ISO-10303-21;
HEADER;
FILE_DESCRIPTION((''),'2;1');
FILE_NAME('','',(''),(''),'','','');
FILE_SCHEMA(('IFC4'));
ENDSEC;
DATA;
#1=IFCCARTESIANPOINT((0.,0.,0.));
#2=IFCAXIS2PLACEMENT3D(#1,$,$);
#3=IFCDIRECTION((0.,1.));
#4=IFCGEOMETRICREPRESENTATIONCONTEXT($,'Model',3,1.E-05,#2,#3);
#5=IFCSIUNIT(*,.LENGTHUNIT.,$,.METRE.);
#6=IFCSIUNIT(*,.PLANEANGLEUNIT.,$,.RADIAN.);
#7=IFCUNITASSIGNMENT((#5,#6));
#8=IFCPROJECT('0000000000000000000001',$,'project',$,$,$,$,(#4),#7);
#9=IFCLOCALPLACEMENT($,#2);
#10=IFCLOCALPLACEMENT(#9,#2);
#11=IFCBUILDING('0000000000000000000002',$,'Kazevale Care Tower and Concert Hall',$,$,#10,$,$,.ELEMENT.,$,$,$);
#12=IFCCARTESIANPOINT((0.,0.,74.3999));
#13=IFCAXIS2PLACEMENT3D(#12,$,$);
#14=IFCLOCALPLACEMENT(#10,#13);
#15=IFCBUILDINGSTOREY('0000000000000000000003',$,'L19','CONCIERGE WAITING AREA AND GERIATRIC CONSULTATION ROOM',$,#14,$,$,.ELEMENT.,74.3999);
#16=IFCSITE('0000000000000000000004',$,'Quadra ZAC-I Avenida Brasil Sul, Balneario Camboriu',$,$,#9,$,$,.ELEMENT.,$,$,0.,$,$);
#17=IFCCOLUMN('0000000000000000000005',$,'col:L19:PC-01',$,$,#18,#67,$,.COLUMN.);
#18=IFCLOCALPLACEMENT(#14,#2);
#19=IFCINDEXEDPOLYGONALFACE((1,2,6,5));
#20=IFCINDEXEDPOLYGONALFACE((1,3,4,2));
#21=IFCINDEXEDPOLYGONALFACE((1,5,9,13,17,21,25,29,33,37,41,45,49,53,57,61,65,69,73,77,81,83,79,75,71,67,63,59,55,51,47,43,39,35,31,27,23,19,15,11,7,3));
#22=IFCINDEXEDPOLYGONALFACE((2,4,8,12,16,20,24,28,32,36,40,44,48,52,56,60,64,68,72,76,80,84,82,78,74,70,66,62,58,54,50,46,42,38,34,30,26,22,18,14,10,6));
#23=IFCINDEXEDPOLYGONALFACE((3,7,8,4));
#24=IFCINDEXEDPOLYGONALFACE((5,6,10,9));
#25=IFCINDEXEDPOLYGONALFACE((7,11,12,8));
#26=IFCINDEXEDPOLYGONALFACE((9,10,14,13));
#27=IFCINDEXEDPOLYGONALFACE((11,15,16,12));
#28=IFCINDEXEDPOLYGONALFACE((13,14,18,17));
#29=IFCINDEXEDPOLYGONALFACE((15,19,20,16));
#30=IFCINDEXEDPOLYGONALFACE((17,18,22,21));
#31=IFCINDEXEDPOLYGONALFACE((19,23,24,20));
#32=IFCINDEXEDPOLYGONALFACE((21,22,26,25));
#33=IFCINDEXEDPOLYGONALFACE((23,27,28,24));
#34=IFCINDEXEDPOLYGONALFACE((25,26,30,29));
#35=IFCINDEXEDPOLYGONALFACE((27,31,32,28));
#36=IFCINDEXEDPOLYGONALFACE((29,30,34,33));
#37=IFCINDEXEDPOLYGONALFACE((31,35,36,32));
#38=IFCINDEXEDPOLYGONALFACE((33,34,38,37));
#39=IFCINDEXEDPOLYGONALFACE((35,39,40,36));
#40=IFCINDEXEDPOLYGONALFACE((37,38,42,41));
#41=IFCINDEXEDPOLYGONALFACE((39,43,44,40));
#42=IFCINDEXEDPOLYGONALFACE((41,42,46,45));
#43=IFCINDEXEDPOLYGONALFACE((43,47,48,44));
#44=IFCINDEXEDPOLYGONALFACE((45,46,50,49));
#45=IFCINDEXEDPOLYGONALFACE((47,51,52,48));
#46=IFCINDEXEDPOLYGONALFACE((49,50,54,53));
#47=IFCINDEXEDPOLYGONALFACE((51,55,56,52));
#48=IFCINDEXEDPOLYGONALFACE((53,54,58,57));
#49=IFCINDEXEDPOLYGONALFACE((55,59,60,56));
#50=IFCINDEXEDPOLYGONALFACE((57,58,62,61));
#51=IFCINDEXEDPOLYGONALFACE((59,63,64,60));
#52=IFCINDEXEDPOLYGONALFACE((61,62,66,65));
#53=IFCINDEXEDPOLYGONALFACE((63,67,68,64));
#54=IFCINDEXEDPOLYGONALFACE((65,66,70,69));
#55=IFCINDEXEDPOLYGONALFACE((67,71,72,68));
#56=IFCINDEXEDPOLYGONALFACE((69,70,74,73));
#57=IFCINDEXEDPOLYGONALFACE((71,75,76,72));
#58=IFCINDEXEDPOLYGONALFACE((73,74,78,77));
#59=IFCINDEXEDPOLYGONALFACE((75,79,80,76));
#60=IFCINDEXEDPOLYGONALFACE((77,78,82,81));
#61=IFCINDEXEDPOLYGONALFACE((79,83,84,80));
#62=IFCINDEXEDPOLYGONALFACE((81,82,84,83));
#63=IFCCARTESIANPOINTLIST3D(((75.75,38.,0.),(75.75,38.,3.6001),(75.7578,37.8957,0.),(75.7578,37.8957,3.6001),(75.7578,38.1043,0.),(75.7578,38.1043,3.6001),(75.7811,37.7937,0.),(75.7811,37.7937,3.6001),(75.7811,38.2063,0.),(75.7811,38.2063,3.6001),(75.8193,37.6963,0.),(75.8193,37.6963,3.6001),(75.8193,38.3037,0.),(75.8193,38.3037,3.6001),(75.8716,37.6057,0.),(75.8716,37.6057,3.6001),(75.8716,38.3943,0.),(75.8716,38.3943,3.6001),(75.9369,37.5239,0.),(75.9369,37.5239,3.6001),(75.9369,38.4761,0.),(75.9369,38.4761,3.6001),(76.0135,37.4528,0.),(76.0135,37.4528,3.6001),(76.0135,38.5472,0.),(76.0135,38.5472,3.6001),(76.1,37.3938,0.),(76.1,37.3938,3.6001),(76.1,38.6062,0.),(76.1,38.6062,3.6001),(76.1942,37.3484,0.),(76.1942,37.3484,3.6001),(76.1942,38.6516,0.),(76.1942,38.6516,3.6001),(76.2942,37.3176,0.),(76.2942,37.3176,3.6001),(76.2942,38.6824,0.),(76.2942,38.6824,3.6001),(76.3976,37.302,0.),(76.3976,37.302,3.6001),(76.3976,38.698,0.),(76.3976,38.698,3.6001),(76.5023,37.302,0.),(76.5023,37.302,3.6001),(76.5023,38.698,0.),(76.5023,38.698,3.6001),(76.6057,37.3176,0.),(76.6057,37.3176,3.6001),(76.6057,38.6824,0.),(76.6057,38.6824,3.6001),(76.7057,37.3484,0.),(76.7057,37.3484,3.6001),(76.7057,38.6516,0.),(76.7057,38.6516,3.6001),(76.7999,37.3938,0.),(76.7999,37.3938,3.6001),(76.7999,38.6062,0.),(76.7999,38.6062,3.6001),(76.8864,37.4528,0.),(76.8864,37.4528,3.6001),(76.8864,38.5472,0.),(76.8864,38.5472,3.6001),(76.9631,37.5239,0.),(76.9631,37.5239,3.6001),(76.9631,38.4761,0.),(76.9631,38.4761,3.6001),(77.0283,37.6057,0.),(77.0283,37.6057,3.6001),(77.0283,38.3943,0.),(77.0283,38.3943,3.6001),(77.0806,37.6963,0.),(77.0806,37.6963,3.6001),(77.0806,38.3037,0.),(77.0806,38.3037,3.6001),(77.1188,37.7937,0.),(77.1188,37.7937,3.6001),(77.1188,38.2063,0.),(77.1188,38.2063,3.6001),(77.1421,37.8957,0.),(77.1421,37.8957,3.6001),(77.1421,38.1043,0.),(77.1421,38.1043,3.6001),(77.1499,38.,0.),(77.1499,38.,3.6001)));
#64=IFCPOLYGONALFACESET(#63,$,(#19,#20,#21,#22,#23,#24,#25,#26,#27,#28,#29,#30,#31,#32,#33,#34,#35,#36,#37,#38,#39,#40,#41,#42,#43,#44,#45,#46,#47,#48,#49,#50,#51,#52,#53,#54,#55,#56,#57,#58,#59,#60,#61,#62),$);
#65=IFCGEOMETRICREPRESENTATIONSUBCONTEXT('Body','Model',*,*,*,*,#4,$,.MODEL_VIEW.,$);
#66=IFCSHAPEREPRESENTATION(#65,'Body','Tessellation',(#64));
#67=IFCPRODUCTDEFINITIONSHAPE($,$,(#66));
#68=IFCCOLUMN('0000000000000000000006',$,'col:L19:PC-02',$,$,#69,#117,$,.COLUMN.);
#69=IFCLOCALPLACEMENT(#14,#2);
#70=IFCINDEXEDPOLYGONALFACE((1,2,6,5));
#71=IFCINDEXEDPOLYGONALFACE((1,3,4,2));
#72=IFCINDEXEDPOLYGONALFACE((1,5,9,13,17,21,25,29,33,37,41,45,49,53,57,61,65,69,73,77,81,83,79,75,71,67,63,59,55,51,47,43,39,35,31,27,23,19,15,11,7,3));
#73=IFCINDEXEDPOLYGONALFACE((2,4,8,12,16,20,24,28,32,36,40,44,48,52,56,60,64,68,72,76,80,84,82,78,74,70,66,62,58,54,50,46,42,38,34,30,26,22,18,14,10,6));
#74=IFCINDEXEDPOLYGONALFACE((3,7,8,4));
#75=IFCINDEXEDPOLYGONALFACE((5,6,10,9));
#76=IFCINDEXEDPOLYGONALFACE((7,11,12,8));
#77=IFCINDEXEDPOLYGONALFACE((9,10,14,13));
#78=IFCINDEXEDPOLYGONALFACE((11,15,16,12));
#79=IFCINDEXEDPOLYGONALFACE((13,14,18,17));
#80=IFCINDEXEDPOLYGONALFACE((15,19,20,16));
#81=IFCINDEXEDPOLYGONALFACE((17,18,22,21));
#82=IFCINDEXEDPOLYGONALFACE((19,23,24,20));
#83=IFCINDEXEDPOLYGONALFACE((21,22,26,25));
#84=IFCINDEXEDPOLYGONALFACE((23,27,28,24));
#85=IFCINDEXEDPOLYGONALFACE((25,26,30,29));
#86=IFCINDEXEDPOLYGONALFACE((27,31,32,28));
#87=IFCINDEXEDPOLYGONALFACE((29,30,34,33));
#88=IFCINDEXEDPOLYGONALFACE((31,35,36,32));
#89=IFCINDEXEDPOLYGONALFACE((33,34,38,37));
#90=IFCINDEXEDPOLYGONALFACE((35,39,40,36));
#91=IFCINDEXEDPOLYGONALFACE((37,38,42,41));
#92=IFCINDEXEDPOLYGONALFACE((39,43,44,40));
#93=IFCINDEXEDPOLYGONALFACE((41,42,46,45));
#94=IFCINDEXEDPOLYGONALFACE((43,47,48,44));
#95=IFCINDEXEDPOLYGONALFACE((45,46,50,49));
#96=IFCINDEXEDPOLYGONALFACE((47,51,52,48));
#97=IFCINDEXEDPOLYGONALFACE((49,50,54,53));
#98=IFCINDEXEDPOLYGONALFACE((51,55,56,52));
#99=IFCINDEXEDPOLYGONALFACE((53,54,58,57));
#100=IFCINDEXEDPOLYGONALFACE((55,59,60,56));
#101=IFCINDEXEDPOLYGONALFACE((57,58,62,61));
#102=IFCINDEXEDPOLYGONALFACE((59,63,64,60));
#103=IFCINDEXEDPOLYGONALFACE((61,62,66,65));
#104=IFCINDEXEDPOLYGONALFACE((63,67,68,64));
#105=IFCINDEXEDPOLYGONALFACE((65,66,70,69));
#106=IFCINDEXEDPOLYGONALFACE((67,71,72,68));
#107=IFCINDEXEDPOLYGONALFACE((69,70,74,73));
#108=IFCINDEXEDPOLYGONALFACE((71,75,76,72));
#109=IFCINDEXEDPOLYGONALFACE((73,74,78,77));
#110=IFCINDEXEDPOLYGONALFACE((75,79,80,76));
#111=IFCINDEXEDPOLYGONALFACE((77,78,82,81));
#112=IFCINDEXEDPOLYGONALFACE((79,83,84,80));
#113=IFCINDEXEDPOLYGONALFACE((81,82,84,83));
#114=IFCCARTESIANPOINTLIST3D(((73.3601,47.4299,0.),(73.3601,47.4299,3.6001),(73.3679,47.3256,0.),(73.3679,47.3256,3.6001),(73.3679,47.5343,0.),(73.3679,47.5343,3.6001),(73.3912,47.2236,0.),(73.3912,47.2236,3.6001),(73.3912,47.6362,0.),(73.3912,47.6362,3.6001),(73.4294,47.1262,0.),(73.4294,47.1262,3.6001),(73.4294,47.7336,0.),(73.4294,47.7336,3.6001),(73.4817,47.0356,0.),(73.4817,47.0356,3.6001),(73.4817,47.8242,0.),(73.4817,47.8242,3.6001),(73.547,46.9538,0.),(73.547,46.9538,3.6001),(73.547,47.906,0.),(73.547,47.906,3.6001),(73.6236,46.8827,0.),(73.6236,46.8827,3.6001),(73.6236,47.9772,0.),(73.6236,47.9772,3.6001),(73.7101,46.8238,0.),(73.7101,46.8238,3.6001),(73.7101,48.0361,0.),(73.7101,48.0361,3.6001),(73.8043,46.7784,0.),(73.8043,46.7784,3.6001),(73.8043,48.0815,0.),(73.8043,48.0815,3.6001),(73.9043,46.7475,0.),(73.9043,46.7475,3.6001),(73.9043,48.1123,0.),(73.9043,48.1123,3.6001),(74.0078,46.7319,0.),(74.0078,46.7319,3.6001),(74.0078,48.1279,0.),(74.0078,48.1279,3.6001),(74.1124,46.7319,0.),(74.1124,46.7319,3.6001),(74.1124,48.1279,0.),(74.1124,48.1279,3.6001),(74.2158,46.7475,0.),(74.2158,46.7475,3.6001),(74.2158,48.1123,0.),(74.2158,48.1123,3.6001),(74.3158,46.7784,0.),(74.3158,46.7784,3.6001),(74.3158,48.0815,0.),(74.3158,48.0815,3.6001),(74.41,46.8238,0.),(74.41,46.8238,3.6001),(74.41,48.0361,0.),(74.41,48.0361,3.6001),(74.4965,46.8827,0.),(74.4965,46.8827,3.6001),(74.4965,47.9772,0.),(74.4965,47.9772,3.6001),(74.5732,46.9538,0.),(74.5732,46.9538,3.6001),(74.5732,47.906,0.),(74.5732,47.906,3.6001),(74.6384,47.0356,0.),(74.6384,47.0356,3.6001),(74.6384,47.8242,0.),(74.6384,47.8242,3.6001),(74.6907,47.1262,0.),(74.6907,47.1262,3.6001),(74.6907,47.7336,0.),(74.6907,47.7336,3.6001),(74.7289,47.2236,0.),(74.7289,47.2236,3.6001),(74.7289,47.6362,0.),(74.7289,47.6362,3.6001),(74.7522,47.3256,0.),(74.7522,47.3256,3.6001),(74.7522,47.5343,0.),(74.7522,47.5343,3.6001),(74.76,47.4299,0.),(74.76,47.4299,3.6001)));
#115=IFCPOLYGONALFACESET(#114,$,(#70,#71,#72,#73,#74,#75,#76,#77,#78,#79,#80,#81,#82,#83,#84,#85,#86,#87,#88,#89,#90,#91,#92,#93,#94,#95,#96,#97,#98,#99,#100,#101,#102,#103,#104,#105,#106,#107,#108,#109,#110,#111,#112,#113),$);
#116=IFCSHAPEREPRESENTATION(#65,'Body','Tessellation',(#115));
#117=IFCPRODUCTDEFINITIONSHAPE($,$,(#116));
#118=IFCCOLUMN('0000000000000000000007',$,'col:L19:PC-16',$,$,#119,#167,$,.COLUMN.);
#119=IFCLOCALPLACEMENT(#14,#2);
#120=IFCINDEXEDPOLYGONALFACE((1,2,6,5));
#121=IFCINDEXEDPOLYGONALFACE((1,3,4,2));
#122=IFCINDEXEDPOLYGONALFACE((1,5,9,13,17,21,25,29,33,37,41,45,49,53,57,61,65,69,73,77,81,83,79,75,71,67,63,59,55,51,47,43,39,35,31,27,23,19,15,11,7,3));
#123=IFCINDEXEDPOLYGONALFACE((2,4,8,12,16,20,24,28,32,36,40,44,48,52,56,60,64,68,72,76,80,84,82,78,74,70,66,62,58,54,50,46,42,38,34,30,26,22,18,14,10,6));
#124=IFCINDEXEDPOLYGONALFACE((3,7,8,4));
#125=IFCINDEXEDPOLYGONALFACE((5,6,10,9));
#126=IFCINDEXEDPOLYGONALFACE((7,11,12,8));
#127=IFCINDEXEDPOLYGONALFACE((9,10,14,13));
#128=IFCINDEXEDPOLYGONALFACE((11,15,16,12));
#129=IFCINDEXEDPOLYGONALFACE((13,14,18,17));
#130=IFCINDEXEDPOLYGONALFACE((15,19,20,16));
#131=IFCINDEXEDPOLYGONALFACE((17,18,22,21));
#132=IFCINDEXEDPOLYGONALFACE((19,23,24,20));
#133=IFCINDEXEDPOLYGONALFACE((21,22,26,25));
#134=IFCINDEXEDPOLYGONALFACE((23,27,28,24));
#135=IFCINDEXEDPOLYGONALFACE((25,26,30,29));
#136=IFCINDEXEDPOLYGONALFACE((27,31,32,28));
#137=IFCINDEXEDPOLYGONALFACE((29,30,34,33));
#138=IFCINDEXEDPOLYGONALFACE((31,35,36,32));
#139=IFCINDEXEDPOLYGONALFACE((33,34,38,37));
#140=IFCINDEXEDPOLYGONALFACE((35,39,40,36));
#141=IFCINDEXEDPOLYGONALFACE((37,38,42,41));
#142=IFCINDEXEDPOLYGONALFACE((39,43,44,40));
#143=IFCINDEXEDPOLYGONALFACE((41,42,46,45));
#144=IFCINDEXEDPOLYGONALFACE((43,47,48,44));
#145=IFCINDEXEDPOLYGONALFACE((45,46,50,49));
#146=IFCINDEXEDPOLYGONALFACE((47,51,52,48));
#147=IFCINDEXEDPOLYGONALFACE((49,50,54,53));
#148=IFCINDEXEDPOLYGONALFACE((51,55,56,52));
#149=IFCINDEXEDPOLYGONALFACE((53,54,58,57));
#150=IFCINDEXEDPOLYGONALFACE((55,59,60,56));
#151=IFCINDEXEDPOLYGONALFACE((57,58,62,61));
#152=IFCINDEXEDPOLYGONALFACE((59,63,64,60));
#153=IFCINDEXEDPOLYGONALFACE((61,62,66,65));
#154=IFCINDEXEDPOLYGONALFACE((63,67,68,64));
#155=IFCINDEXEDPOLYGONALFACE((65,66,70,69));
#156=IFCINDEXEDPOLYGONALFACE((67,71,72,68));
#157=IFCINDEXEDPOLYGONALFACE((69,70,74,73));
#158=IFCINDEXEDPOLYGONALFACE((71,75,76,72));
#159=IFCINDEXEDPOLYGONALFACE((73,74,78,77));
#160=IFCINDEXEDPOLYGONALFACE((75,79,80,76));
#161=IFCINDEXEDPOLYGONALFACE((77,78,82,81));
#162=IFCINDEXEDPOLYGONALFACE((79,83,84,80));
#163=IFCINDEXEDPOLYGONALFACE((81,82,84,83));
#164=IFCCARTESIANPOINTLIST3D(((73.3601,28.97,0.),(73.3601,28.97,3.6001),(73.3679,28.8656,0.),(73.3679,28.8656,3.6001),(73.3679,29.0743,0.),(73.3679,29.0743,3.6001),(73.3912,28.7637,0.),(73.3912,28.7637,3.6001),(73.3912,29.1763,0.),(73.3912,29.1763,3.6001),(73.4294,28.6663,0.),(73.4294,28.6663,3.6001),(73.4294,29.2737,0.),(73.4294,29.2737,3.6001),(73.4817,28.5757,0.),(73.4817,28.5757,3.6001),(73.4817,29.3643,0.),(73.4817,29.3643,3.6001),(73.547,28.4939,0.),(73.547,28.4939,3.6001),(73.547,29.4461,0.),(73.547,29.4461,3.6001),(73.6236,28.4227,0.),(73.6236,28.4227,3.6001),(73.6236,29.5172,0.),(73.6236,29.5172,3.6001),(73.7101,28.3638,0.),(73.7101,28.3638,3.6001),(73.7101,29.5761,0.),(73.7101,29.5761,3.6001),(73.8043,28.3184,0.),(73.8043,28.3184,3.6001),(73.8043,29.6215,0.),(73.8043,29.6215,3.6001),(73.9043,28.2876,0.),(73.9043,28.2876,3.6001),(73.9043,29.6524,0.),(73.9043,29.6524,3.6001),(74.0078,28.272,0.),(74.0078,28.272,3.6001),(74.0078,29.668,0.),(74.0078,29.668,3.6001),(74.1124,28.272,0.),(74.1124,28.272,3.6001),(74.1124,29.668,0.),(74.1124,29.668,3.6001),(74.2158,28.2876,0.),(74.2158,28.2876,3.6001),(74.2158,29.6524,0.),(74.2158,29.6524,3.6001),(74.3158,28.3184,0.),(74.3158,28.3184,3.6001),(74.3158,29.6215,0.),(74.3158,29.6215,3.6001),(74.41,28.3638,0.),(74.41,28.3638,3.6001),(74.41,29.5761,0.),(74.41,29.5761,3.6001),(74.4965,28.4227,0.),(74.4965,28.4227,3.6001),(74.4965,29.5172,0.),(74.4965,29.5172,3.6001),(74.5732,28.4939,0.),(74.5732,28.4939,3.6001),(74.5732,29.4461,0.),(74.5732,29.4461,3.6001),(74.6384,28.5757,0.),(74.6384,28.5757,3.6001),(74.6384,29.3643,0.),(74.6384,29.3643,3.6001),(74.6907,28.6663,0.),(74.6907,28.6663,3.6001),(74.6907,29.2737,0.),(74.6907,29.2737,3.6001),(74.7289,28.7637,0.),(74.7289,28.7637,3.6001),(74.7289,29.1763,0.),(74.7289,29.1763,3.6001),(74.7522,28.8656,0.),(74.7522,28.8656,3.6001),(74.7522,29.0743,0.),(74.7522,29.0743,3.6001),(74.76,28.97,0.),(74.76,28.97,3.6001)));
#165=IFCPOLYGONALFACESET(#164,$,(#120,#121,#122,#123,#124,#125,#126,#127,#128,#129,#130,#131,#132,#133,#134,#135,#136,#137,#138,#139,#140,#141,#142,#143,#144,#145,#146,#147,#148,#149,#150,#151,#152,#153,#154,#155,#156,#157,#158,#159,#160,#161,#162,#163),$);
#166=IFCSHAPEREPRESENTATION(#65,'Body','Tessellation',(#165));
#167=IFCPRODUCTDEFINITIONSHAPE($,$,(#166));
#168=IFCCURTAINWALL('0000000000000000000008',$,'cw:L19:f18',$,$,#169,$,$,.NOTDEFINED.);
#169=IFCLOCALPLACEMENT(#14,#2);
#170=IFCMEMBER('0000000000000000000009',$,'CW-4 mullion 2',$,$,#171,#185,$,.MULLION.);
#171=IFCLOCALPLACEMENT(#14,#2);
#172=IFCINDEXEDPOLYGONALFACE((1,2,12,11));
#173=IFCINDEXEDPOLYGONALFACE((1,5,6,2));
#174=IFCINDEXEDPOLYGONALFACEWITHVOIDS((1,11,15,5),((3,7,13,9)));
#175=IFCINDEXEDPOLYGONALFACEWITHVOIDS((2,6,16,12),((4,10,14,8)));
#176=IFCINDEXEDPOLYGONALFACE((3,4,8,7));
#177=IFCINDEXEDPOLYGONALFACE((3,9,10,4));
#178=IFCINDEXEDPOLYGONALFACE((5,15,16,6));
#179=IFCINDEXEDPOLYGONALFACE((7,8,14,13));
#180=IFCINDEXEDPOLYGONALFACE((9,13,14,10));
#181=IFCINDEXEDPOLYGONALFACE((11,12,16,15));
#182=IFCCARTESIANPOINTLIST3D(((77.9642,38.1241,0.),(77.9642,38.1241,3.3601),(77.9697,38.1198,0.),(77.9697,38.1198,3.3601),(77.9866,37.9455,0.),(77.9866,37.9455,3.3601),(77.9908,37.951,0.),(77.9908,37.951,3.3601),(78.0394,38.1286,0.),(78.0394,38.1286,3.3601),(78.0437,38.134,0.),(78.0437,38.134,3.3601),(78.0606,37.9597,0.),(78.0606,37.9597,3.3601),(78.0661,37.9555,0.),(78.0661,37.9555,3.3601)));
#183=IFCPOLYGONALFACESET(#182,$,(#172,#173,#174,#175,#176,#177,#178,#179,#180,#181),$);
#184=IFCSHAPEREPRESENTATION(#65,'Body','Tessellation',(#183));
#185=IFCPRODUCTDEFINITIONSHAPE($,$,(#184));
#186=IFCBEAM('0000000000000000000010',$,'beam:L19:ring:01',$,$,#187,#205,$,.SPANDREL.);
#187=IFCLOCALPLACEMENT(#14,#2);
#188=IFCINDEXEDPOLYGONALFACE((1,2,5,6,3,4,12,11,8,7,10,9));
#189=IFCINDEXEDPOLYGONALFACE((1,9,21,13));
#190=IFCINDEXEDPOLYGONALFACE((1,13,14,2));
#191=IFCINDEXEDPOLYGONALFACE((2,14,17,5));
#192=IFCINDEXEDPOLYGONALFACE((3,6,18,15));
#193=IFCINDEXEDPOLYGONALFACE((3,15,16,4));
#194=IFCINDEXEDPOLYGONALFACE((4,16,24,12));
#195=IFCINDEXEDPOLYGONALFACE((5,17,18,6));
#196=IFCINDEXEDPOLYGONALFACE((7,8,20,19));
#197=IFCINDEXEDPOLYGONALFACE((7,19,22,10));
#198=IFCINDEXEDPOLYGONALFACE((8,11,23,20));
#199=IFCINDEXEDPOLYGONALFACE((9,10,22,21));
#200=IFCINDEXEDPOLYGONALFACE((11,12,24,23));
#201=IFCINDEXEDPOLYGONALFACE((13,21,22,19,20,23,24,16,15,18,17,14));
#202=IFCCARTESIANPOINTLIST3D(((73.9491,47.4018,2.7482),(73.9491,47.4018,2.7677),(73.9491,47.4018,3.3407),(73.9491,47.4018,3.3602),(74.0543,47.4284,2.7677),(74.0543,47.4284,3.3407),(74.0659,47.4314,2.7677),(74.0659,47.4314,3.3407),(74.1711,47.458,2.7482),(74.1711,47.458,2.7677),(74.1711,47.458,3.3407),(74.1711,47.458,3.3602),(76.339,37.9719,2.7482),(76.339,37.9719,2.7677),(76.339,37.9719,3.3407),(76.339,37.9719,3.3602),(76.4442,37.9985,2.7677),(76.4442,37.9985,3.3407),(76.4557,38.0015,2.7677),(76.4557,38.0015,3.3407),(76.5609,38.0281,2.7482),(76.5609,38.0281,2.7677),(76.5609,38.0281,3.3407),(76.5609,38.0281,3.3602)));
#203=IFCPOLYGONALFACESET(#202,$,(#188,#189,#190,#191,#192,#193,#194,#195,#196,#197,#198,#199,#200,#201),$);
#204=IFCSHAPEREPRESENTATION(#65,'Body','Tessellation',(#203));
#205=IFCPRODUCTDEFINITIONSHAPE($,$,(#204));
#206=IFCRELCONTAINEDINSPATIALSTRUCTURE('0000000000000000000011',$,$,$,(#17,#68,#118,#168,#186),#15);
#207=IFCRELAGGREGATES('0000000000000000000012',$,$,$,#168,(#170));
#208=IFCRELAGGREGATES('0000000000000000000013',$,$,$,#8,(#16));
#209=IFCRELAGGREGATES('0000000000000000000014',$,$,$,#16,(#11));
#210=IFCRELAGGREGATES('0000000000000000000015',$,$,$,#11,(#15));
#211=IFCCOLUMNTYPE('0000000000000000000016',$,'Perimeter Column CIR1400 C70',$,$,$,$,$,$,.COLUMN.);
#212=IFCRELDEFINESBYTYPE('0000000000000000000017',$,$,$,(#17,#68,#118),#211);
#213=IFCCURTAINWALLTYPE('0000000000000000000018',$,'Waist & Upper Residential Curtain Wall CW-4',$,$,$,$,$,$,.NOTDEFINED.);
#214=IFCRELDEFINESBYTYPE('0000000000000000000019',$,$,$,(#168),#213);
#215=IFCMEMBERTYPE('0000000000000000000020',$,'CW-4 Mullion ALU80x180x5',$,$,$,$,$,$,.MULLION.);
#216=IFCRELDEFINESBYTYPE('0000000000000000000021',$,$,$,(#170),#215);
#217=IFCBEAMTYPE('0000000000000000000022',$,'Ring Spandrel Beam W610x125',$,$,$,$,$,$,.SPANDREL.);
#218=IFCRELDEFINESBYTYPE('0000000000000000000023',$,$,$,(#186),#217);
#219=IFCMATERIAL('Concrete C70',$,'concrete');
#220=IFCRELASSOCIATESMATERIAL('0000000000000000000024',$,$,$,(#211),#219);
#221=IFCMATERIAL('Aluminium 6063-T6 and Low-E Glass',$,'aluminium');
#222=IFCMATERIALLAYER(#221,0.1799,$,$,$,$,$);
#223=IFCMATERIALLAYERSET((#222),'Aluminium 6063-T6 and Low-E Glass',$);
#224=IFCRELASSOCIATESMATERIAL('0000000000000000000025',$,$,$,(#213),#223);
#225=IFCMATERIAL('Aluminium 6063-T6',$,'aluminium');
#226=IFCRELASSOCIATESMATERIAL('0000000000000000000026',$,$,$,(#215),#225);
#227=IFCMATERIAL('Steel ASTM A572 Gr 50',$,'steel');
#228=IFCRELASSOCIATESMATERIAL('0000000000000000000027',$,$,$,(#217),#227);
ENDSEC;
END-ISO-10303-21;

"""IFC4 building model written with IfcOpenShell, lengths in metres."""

from ifc_helpers import new_model, si_unit, direction, frame, origin, origin_2d, place, context, subcontext, project, spatial, hollow_rectangle, circle, i_section, extrude, material, layer, layer_set, material_profile, profile_set, type_object, element, aggregate, save


model = new_model("IFC4")

# Units and contexts
model_context = context("Model", 3, precision=1e-05, world=origin(), true_north=direction((0.0, 1.0)))
body_context = subcontext(model_context, "Body", "Model", "MODEL_VIEW")
ifc_project = project(units=[si_unit("LENGTHUNIT", "METRE"), si_unit("PLANEANGLEUNIT", "RADIAN")], contexts=[model_context])

# Site, building, storey
site_placement = place(None, origin())
site = spatial("IfcSite", under=ifc_project, at=site_placement, Name="Quadra ZAC-I Avenida Brasil Sul, Balneario Camboriu", CompositionType="ELEMENT", RefElevation=0.0)
building_placement = place(site_placement, origin())
building = spatial("IfcBuilding", under=site, at=building_placement, Name="Kazevale Care Tower and Concert Hall", CompositionType="ELEMENT")
storey_placement = place(building_placement, frame((0.0, 0.0, 74.3999)))
storey = spatial("IfcBuildingStorey", under=building, at=storey_placement, Name="L19", Description="CONCIERGE WAITING AREA AND GERIATRIC CONSULTATION ROOM", CompositionType="ELEMENT", Elevation=74.3999)

# Columns
ifc_material_1 = material(Name="Concrete C70", Category="concrete")
ifc_material_profile_1 = material_profile(ifc_material_1, circle(Radius=0.7, at=origin_2d()), Name="RC-CIR1400")
ifc_profile_set_1 = profile_set([ifc_material_profile_1], Name="Concrete C70")
column_type = type_object("IfcColumnType", Name="Perimeter Column CIR1400 C70", PredefinedType="COLUMN", material=ifc_profile_set_1)
for number, where, z_axis, x_axis, name in (
    (1, (76.45, 38.0, 0.0), (0.0, 0.0, 1.0), (1.0, 0.0, 0.0), "col:L19:PC-01"),
    (2, (74.0601, 47.4299, 0.0), (0.0, 0.0, 1.0), (1.0, 0.0, 0.0), "col:L19:PC-02"),
    (3, (74.0601, 28.97, 0.0), (0.0, 0.0, 1.0), (1.0, 0.0, 0.0), "col:L19:PC-16"),
):
    element("IfcColumn", number, at=place(storey_placement, frame(where, z_axis=z_axis, x_axis=x_axis)), inside=storey, type_object=column_type, Name=name, PredefinedType="COLUMN", context=body_context, shape_type="SweptSolid", body=[
        extrude(circle(Radius=0.7, at=origin_2d()), origin(), (0.0, 0.0, 1.0), 3.6001),
    ])

# Curtain wall, member
ifc_material_2 = material(Name="Aluminium 6063-T6 and Low-E Glass", Category="aluminium")
ifc_layer_1 = layer(ifc_material_2, 0.1799)
ifc_layer_set_1 = layer_set([ifc_layer_1], Name="Aluminium 6063-T6 and Low-E Glass")
curtain_wall_type = type_object("IfcCurtainWallType", Name="Waist & Upper Residential Curtain Wall CW-4", PredefinedType="NOTDEFINED", material=ifc_layer_set_1)
curtain_wall_placement = place(storey_placement, origin())
curtain_wall = element("IfcCurtainWall", 4, at=curtain_wall_placement, inside=storey, type_object=curtain_wall_type, Name="cw:L19:f18", PredefinedType="NOTDEFINED")
ifc_material_3 = material(Name="Aluminium 6063-T6", Category="aluminium")
ifc_material_profile_2 = material_profile(ifc_material_3, hollow_rectangle(XDim=0.0801, YDim=0.1799, WallThickness=0.0049, at=origin_2d()), Name="ALU80x180x5")
ifc_profile_set_2 = profile_set([ifc_material_profile_2], Name="Aluminium 6063-T6")
member_type = type_object("IfcMemberType", Name="CW-4 Mullion ALU80x180x5", PredefinedType="MULLION", material=ifc_profile_set_2)
member_placement = place(storey_placement, frame((78.0151, 38.0398, 0.0), z_axis=(0.0, 0.0, 1.0), x_axis=(0.992233, 0.124394, 0.0)))
member = element("IfcMember", 5, at=member_placement, type_object=member_type, Name="CW-4 mullion 2", PredefinedType="MULLION", context=body_context, shape_type="SweptSolid", body=[
    extrude(hollow_rectangle(XDim=0.0801, YDim=0.1799, WallThickness=0.0049, at=origin_2d()), origin(), (0.0, 0.0, 1.0), 3.3601),
])

# Beam
ifc_material_4 = material(Name="Steel ASTM A572 Gr 50", Category="steel")
ifc_material_profile_3 = material_profile(ifc_material_4, i_section(OverallWidth=0.229, OverallDepth=0.6121, WebThickness=0.012, FlangeThickness=0.0195, at=origin_2d()), Name="W610x125")
ifc_profile_set_3 = profile_set([ifc_material_profile_3], Name="Steel ASTM A572 Gr 50")
beam_type_1 = type_object("IfcBeamType", Name="Ring Spandrel Beam W610x125", PredefinedType="SPANDREL", material=ifc_profile_set_3)
beam_1_placement = place(storey_placement, frame((76.45, 38.0, 3.0542), z_axis=(-0.24567, 0.969354, 0.0), x_axis=(-0.969354, -0.24567, 0.0)))
element("IfcBeam", 6, at=beam_1_placement, inside=storey, type_object=beam_type_1, Name="beam:L19:ring:01", PredefinedType="SPANDREL", context=body_context, shape_type="SweptSolid", body=[
    extrude(i_section(OverallWidth=0.229, OverallDepth=0.6121, WebThickness=0.012, FlangeThickness=0.0195, at=origin_2d()), origin(), (0.0, 0.0, 1.0), 9.728),
])

aggregate(curtain_wall, [member])

save(model, "model.ifc")
